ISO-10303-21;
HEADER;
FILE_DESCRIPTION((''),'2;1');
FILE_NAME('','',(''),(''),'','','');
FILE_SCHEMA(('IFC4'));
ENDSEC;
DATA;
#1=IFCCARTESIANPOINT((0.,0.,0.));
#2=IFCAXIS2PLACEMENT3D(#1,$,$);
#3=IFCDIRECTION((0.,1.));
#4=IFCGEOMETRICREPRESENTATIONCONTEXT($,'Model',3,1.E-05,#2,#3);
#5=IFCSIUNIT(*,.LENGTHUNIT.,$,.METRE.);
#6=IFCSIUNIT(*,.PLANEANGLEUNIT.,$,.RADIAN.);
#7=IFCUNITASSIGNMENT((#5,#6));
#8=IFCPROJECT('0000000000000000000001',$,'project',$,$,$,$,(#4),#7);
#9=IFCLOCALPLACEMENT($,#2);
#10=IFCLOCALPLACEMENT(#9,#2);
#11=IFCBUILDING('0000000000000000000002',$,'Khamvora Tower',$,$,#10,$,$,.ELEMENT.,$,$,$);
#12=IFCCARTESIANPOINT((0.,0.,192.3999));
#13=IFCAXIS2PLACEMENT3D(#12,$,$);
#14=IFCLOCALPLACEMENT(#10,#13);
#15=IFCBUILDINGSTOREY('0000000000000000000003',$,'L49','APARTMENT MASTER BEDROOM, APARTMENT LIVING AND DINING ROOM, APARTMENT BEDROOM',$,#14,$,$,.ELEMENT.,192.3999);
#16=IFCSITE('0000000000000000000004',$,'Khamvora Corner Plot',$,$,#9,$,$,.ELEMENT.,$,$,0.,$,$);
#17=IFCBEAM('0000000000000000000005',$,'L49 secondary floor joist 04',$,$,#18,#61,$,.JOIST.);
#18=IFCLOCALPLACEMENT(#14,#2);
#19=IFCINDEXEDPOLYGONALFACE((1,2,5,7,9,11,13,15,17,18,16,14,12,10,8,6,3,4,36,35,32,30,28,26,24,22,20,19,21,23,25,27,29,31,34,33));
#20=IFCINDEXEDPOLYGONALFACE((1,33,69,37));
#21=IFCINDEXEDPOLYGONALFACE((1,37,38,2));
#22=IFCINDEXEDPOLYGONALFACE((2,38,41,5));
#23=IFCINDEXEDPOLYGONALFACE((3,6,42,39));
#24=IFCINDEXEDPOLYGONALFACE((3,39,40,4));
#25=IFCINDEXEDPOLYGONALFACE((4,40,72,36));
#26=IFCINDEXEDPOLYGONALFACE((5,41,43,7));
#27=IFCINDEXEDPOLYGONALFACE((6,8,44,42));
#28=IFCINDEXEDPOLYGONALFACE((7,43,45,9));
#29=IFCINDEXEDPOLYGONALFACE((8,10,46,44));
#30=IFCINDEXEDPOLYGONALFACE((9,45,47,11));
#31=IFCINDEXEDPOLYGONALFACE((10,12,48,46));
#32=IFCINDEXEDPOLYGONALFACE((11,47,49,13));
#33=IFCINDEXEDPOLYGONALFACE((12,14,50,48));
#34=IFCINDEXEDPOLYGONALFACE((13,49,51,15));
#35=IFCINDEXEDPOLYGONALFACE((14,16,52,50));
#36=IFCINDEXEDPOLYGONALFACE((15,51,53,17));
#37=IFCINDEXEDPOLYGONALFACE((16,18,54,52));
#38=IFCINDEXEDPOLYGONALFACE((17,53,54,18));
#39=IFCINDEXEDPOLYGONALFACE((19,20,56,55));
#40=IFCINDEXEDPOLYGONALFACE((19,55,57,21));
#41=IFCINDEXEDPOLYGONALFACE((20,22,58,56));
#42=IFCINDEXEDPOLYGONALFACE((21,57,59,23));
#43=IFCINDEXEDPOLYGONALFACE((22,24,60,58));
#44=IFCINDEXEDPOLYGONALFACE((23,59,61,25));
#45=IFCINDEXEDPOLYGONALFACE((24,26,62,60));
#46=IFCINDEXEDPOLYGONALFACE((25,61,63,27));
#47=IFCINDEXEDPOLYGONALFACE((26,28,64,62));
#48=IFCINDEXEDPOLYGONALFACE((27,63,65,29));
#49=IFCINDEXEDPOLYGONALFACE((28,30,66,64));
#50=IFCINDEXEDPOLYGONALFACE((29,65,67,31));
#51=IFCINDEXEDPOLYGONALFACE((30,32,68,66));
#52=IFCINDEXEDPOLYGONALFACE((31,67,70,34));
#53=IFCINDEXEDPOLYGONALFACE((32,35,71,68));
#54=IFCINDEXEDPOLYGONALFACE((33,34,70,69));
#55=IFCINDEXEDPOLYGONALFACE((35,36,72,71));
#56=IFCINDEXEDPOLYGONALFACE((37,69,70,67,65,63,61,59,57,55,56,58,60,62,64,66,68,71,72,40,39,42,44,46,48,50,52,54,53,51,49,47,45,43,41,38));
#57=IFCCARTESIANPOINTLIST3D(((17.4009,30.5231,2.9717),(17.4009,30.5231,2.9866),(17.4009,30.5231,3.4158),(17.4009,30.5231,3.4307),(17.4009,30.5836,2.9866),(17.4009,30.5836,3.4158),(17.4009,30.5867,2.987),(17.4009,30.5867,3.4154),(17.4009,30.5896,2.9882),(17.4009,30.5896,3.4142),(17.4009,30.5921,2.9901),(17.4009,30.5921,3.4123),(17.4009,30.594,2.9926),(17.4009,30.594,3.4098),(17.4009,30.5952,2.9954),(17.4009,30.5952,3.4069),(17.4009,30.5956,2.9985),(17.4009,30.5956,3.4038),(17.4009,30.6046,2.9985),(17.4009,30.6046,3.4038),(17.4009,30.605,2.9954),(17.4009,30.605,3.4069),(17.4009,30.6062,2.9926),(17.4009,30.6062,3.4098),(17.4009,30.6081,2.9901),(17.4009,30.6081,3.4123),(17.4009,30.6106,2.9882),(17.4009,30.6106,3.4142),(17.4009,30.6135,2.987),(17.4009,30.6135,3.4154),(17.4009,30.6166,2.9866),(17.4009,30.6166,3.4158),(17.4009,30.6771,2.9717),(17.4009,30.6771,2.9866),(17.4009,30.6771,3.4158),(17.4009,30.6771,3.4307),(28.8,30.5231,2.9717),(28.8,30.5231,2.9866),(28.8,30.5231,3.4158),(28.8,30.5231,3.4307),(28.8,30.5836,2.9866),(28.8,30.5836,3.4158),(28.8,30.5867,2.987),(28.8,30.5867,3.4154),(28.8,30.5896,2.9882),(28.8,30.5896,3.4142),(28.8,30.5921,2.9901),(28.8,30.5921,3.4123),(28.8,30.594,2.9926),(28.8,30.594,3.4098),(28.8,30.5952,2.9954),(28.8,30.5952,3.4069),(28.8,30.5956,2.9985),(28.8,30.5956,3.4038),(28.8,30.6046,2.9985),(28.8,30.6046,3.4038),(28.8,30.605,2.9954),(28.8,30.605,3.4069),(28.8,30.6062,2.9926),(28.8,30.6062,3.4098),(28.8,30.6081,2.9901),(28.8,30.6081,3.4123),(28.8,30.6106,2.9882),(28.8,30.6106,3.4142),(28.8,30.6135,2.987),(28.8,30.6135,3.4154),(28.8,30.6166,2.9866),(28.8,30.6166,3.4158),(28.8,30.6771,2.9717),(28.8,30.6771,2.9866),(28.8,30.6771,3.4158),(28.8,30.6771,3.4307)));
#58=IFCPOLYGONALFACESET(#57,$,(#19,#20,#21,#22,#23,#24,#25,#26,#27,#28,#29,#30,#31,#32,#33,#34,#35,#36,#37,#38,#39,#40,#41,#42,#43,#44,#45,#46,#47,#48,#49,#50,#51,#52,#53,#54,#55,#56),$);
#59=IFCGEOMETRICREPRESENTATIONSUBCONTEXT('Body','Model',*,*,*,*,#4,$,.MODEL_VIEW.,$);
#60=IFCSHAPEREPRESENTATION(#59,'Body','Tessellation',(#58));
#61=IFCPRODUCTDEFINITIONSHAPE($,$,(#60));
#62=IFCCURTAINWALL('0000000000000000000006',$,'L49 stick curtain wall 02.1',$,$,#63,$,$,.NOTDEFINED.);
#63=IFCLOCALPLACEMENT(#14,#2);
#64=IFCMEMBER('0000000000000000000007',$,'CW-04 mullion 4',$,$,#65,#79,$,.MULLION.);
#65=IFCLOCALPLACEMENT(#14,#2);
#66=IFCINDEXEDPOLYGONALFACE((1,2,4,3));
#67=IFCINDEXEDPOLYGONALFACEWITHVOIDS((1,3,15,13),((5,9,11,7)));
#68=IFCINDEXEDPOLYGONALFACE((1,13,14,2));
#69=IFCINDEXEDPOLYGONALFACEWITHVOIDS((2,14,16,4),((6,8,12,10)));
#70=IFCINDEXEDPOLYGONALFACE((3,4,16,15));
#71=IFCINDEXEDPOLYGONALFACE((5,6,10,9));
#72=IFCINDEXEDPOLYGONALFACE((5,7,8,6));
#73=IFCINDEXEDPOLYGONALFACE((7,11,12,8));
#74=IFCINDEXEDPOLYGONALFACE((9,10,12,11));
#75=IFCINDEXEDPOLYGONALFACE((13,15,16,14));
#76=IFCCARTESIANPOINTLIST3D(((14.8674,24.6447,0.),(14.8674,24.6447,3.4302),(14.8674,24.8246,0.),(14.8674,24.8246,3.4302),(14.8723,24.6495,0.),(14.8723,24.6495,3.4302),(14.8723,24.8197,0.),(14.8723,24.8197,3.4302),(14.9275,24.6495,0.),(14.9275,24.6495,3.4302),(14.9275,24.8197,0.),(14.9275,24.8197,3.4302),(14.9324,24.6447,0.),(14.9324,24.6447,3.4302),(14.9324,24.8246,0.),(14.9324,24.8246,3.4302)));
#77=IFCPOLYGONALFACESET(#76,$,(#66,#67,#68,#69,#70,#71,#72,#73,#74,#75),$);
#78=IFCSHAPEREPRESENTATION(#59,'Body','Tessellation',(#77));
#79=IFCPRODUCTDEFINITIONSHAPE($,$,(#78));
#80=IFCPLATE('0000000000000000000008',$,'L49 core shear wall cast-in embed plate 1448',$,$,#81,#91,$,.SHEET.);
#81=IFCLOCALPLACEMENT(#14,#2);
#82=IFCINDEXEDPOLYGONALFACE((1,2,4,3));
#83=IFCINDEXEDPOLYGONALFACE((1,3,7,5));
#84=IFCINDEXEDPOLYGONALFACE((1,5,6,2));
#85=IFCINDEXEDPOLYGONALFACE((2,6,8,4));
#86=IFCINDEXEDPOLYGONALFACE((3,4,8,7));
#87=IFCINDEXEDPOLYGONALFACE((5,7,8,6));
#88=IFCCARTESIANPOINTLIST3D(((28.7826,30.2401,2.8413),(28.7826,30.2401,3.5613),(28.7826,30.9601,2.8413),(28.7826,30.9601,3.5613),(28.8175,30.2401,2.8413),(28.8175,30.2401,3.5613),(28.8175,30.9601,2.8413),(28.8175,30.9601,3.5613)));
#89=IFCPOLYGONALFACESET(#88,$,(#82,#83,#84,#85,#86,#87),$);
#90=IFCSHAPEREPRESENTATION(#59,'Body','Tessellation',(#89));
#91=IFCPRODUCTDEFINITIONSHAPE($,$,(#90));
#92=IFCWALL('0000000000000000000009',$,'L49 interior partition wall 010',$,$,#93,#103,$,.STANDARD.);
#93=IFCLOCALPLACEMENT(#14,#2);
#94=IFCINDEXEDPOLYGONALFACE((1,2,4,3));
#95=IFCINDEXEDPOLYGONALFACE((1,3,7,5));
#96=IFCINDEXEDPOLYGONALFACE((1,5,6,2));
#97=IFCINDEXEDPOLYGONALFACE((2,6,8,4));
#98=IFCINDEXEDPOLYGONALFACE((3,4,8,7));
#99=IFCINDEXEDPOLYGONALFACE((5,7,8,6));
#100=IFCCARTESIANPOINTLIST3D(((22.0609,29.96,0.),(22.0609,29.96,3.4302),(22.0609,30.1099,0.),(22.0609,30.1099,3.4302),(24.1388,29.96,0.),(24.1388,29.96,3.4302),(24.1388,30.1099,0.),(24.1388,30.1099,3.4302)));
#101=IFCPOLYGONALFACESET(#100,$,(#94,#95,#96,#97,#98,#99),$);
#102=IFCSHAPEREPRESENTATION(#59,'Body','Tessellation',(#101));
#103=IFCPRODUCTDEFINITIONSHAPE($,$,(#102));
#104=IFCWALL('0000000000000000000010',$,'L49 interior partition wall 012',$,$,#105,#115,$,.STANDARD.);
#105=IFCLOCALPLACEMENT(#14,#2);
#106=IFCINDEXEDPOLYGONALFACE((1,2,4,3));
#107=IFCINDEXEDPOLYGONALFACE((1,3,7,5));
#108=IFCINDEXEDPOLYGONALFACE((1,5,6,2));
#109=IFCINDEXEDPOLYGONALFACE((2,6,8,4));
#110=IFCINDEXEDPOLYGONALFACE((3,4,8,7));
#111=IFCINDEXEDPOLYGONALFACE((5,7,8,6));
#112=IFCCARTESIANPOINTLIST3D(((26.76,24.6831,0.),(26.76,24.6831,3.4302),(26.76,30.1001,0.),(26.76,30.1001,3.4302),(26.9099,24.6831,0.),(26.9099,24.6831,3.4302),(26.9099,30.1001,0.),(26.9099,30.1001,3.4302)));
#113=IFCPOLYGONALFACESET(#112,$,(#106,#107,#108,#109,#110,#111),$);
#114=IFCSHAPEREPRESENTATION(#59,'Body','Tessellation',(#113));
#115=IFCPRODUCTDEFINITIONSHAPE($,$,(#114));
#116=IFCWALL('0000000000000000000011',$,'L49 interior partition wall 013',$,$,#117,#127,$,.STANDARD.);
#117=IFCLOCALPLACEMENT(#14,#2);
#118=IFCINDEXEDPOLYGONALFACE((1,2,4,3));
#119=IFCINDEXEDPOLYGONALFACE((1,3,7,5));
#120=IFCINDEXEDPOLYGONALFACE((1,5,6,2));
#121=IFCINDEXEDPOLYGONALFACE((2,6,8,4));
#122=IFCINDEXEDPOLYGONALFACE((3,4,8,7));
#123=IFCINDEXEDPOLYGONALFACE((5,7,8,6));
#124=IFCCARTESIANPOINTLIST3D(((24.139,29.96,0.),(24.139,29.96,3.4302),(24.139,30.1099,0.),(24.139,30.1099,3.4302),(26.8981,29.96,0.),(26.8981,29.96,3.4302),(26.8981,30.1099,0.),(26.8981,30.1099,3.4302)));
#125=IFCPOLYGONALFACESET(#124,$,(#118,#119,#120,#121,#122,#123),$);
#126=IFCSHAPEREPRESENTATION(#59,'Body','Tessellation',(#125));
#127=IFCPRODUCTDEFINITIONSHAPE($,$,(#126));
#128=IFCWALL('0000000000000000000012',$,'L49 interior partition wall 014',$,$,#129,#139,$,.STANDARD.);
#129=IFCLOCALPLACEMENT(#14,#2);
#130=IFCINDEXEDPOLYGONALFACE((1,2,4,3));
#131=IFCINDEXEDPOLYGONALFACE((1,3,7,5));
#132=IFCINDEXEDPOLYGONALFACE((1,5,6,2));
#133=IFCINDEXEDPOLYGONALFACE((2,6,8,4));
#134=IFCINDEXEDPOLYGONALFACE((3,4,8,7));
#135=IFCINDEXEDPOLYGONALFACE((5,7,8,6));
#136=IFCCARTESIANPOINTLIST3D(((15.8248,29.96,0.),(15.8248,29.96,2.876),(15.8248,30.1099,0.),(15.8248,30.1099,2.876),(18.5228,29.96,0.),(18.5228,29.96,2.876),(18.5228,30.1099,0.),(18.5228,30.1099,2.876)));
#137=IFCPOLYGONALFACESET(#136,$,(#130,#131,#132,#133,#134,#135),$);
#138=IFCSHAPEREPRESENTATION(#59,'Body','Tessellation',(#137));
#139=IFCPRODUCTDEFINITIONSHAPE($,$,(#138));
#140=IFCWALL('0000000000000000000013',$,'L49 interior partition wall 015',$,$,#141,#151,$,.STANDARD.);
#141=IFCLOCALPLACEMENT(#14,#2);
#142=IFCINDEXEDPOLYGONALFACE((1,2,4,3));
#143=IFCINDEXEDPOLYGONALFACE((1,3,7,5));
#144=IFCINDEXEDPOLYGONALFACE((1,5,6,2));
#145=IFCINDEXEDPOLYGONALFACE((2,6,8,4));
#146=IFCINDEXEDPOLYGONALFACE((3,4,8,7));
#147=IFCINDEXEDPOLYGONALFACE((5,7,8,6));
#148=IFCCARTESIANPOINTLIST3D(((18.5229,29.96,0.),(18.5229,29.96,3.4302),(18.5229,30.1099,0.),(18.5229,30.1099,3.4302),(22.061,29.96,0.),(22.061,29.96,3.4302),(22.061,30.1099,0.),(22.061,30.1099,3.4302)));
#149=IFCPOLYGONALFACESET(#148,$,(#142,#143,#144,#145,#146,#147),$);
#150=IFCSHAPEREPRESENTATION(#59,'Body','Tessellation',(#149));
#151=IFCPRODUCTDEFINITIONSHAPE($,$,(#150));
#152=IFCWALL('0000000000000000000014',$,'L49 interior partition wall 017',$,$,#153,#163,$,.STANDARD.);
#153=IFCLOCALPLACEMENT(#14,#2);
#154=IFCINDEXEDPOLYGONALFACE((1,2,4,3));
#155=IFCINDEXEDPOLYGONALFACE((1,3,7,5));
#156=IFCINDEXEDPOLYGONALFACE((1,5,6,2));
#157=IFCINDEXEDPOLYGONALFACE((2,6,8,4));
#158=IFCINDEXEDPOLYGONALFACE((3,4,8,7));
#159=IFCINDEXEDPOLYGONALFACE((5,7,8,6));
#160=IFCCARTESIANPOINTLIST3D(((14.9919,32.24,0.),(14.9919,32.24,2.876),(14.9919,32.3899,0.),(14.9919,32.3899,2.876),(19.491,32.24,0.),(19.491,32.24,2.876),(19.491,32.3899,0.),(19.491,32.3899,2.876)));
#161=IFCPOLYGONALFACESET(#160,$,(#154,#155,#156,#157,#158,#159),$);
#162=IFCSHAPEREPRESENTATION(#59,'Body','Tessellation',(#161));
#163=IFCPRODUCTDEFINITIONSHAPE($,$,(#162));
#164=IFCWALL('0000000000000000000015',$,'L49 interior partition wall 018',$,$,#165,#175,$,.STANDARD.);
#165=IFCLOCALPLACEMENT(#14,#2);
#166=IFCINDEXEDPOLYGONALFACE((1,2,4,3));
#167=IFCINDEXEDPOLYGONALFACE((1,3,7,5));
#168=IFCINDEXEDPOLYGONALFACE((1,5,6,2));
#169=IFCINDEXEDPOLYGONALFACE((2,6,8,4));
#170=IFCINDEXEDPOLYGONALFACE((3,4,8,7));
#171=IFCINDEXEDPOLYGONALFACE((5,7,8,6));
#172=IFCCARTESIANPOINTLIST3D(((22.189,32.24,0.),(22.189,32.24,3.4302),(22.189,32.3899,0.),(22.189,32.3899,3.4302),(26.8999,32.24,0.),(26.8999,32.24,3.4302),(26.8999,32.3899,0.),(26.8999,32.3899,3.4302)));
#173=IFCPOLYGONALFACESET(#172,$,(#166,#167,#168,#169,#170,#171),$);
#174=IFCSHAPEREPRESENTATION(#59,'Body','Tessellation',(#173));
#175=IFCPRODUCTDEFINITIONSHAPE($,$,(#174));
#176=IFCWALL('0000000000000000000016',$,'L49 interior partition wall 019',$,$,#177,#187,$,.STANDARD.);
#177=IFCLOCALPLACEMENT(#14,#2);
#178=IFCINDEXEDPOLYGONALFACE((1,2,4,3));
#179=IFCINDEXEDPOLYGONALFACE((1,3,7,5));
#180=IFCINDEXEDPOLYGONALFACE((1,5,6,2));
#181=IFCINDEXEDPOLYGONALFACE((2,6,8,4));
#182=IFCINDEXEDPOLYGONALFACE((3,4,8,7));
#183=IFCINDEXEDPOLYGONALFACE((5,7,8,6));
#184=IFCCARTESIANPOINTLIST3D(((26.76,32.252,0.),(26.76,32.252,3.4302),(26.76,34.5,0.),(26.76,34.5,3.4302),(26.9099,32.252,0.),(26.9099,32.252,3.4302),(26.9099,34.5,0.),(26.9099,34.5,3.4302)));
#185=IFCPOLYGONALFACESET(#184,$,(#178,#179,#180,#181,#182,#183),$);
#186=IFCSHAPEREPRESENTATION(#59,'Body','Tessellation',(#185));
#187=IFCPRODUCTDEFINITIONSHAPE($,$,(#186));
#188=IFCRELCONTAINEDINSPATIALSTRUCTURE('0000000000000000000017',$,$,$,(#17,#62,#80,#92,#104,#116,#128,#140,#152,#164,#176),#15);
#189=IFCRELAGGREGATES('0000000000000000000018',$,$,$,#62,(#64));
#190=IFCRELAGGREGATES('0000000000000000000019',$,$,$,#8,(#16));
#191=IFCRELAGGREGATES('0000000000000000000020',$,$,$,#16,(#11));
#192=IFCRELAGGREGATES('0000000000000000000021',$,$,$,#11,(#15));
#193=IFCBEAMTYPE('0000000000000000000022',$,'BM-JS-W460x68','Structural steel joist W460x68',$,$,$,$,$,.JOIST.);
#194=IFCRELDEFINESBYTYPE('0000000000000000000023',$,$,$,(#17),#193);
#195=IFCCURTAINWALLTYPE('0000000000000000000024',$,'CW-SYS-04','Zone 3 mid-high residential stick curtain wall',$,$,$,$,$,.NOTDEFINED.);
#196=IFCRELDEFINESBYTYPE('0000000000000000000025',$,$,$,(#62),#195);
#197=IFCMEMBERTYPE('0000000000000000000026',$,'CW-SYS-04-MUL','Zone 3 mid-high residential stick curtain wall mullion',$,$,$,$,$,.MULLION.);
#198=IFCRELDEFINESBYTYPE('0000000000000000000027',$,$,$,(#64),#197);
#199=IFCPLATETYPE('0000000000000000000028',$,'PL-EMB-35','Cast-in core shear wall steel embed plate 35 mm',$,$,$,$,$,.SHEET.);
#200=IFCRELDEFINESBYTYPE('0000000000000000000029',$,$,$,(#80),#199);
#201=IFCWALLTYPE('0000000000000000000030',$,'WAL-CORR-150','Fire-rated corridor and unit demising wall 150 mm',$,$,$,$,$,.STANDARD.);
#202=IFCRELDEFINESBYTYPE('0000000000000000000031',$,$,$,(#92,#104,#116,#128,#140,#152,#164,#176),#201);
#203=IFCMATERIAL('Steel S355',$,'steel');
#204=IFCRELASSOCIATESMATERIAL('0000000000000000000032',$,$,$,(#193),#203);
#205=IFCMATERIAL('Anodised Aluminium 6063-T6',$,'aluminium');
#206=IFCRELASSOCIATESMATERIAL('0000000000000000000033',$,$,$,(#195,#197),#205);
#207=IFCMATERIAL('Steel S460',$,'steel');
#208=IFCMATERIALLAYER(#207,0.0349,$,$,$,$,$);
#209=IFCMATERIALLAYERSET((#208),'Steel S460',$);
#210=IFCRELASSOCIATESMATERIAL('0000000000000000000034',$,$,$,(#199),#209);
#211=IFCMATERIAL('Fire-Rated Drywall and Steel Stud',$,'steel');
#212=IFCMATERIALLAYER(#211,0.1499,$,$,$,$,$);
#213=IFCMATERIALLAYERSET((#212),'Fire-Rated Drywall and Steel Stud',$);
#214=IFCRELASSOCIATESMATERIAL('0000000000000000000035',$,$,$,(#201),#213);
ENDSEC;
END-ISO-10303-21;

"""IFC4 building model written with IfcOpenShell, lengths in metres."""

from ifc_helpers import new_model, si_unit, direction, frame, frame_2d, origin, origin_2d, place, context, subcontext, project, spatial, rectangle, hollow_rectangle, i_section, extrude, material, layer, layer_set, material_profile, profile_set, type_object, element, aggregate, save


model = new_model("IFC4")

# Units and contexts
model_context = context("Model", 3, precision=1e-05, world=origin(), true_north=direction((0.0, 1.0)))
body_context = subcontext(model_context, "Body", "Model", "MODEL_VIEW")
ifc_project = project(units=[si_unit("LENGTHUNIT", "METRE"), si_unit("PLANEANGLEUNIT", "RADIAN")], contexts=[model_context])

# Site, building, storey
site_placement = place(None, origin())
site = spatial("IfcSite", under=ifc_project, at=site_placement, Name="Khamvora Corner Plot", CompositionType="ELEMENT", RefElevation=0.0)
building_placement = place(site_placement, origin())
building = spatial("IfcBuilding", under=site, at=building_placement, Name="Khamvora Tower", CompositionType="ELEMENT")
storey_placement = place(building_placement, frame((0.0, 0.0, 192.3999)))
storey = spatial("IfcBuildingStorey", under=building, at=storey_placement, Name="L49", Description="APARTMENT MASTER BEDROOM, APARTMENT LIVING AND DINING ROOM, APARTMENT BEDROOM", CompositionType="ELEMENT", Elevation=192.3999)

# Beam
ifc_material_1 = material(Name="Steel S355", Category="steel")
ifc_material_profile_1 = material_profile(ifc_material_1, i_section(OverallWidth=0.1541, OverallDepth=0.459, WebThickness=0.009, FlangeThickness=0.0149, FilletRadius=0.012, at=origin_2d()), Name="W460x68")
ifc_profile_set_1 = profile_set([ifc_material_profile_1], Name="Steel S355")
beam_type = type_object("IfcBeamType", Name="BM-JS-W460x68", Description="Structural steel joist W460x68", PredefinedType="JOIST", material=ifc_profile_set_1)
beam_placement = place(storey_placement, frame((17.4009, 30.6001, 3.2012), z_axis=(1.0, 0.0, 0.0), x_axis=(0.0, 1.0, 0.0)))
element("IfcBeam", 1, at=beam_placement, inside=storey, type_object=beam_type, Name="L49 secondary floor joist 04", PredefinedType="JOIST", context=body_context, shape_type="SweptSolid", body=[
    extrude(i_section(OverallWidth=0.1541, OverallDepth=0.459, WebThickness=0.009, FlangeThickness=0.0149, FilletRadius=0.012, at=origin_2d()), origin(), (0.0, 0.0, 1.0), 11.3992),
])

# Curtain wall, member
ifc_material_2 = material(Name="Anodised Aluminium 6063-T6", Category="aluminium")
curtain_wall_type = type_object("IfcCurtainWallType", Name="CW-SYS-04", Description="Zone 3 mid-high residential stick curtain wall", PredefinedType="NOTDEFINED", material=ifc_material_2)
curtain_wall_placement = place(storey_placement, origin())
curtain_wall = element("IfcCurtainWall", 2, at=curtain_wall_placement, inside=storey, type_object=curtain_wall_type, Name="L49 stick curtain wall 02.1", PredefinedType="NOTDEFINED")
ifc_material_profile_2 = material_profile(ifc_material_2, hollow_rectangle(XDim=0.0649, YDim=0.1799, WallThickness=0.0049, at=origin_2d()), Name="MUL65x180x5")
ifc_profile_set_2 = profile_set([ifc_material_profile_2], Name="Anodised Aluminium 6063-T6")
member_type = type_object("IfcMemberType", Name="CW-SYS-04-MUL", Description="Zone 3 mid-high residential stick curtain wall mullion", PredefinedType="MULLION", material=ifc_profile_set_2)
member_placement = place(storey_placement, frame((14.8999, 24.7346, 0.0), z_axis=(0.0, 0.0, 1.0), x_axis=(-1.0, 0.0, 0.0)))
member = element("IfcMember", 3, at=member_placement, type_object=member_type, Name="CW-04 mullion 4", PredefinedType="MULLION", context=body_context, shape_type="SweptSolid", body=[
    extrude(hollow_rectangle(XDim=0.0649, YDim=0.1799, WallThickness=0.0049, at=origin_2d()), origin(), (0.0, 0.0, 1.0), 3.4302),
])
aggregate(curtain_wall, [member])

# Plate
ifc_material_3 = material(Name="Steel S460", Category="steel")
ifc_layer_1 = layer(ifc_material_3, 0.0349)
ifc_layer_set_1 = layer_set([ifc_layer_1], Name="Steel S460")
plate_type = type_object("IfcPlateType", Name="PL-EMB-35", Description="Cast-in core shear wall steel embed plate 35 mm", PredefinedType="SHEET", material=ifc_layer_set_1)
plate_placement = place(storey_placement, frame((28.8, 30.6001, 2.8413), z_axis=(0.0, 0.0, 1.0), x_axis=(1.0, 0.0, 0.0)))
element("IfcPlate", 4, at=plate_placement, inside=storey, type_object=plate_type, Name="L49 core shear wall cast-in embed plate 1448", PredefinedType="SHEET", context=body_context, shape_type="SweptSolid", body=[
    extrude(rectangle(XDim=0.0349, YDim=0.72, at=origin_2d()), origin(), (0.0, 0.0, 1.0), 0.72),
])

# Walls
ifc_material_4 = material(Name="Fire-Rated Drywall and Steel Stud", Category="steel")
ifc_layer_2 = layer(ifc_material_4, 0.1499)
ifc_layer_set_2 = layer_set([ifc_layer_2], Name="Fire-Rated Drywall and Steel Stud")
wall_type_1 = type_object("IfcWallType", Name="WAL-CORR-150", Description="Fire-rated corridor and unit demising wall 150 mm", PredefinedType="STANDARD", material=ifc_layer_set_2)
wall_1_placement = place(storey_placement, frame((24.1389, 30.0349, 0.0), z_axis=(0.0, 0.0, 1.0), x_axis=(-1.0, 0.0, 0.0)))
element("IfcWall", 5, at=wall_1_placement, inside=storey, type_object=wall_type_1, Name="L49 interior partition wall 010", PredefinedType="STANDARD", context=body_context, shape_type="SweptSolid", body=[
    extrude(rectangle(XDim=2.0779, YDim=0.1499, at=frame_2d((1.0391, 0.0))), origin(), (0.0, 0.0, 1.0), 3.4302),
])
wall_2_placement = place(storey_placement, frame((26.835, 24.6831, 0.0), z_axis=(0.0, 0.0, 1.0), x_axis=(0.0, 1.0, 0.0)))
element("IfcWall", 6, at=wall_2_placement, inside=storey, type_object=wall_type_1, Name="L49 interior partition wall 012", PredefinedType="STANDARD", context=body_context, shape_type="SweptSolid", body=[
    extrude(rectangle(XDim=5.417, YDim=0.1499, at=frame_2d((2.7085, 0.0))), origin(), (0.0, 0.0, 1.0), 3.4302),
])
wall_3_placement = place(storey_placement, frame((26.8979, 30.0349, 0.0), z_axis=(0.0, 0.0, 1.0), x_axis=(-1.0, 0.0, 0.0)))
element("IfcWall", 7, at=wall_3_placement, inside=storey, type_object=wall_type_1, Name="L49 interior partition wall 013", PredefinedType="STANDARD", context=body_context, shape_type="SweptSolid", body=[
    extrude(rectangle(XDim=2.759, YDim=0.1499, at=frame_2d((1.3794, 0.0))), origin(), (0.0, 0.0, 1.0), 3.4302),
])
wall_4_placement = place(storey_placement, frame((18.5229, 30.0349, 0.0), z_axis=(0.0, 0.0, 1.0), x_axis=(-1.0, 0.0, 0.0)))
element("IfcWall", 8, at=wall_4_placement, inside=storey, type_object=wall_type_1, Name="L49 interior partition wall 014", PredefinedType="STANDARD", context=body_context, shape_type="SweptSolid", body=[
    extrude(rectangle(XDim=2.698, YDim=0.1499, at=frame_2d((1.3491, 0.0))), origin(), (0.0, 0.0, 1.0), 2.876),
])
wall_5_placement = place(storey_placement, frame((22.061, 30.0349, 0.0), z_axis=(0.0, 0.0, 1.0), x_axis=(-1.0, 0.0, 0.0)))
element("IfcWall", 9, at=wall_5_placement, inside=storey, type_object=wall_type_1, Name="L49 interior partition wall 015", PredefinedType="STANDARD", context=body_context, shape_type="SweptSolid", body=[
    extrude(rectangle(XDim=3.5381, YDim=0.1499, at=frame_2d((1.769, 0.0))), origin(), (0.0, 0.0, 1.0), 3.4302),
])

# Walls
wall_6_placement = place(storey_placement, frame((14.9919, 32.3149, 0.0), z_axis=(0.0, 0.0, 1.0), x_axis=(1.0, 0.0, 0.0)))
element("IfcWall", 10, at=wall_6_placement, inside=storey, type_object=wall_type_1, Name="L49 interior partition wall 017", PredefinedType="STANDARD", context=body_context, shape_type="SweptSolid", body=[
    extrude(rectangle(XDim=4.499, YDim=0.1499, at=frame_2d((2.2495, 0.0))), origin(), (0.0, 0.0, 1.0), 2.876),
])
wall_7_placement = place(storey_placement, frame((22.189, 32.3149, 0.0), z_axis=(0.0, 0.0, 1.0), x_axis=(1.0, 0.0, 0.0)))
element("IfcWall", 11, at=wall_7_placement, inside=storey, type_object=wall_type_1, Name="L49 interior partition wall 018", PredefinedType="STANDARD", context=body_context, shape_type="SweptSolid", body=[
    extrude(rectangle(XDim=4.7109, YDim=0.1499, at=frame_2d((2.3555, 0.0))), origin(), (0.0, 0.0, 1.0), 3.4302),
])
wall_8_placement = place(storey_placement, frame((26.835, 32.252, 0.0), z_axis=(0.0, 0.0, 1.0), x_axis=(0.0, 1.0, 0.0)))
element("IfcWall", 12, at=wall_8_placement, inside=storey, type_object=wall_type_1, Name="L49 interior partition wall 019", PredefinedType="STANDARD", context=body_context, shape_type="SweptSolid", body=[
    extrude(rectangle(XDim=2.248, YDim=0.1499, at=frame_2d((1.124, 0.0))), origin(), (0.0, 0.0, 1.0), 3.4302),
])

save(model, "model.ifc")
